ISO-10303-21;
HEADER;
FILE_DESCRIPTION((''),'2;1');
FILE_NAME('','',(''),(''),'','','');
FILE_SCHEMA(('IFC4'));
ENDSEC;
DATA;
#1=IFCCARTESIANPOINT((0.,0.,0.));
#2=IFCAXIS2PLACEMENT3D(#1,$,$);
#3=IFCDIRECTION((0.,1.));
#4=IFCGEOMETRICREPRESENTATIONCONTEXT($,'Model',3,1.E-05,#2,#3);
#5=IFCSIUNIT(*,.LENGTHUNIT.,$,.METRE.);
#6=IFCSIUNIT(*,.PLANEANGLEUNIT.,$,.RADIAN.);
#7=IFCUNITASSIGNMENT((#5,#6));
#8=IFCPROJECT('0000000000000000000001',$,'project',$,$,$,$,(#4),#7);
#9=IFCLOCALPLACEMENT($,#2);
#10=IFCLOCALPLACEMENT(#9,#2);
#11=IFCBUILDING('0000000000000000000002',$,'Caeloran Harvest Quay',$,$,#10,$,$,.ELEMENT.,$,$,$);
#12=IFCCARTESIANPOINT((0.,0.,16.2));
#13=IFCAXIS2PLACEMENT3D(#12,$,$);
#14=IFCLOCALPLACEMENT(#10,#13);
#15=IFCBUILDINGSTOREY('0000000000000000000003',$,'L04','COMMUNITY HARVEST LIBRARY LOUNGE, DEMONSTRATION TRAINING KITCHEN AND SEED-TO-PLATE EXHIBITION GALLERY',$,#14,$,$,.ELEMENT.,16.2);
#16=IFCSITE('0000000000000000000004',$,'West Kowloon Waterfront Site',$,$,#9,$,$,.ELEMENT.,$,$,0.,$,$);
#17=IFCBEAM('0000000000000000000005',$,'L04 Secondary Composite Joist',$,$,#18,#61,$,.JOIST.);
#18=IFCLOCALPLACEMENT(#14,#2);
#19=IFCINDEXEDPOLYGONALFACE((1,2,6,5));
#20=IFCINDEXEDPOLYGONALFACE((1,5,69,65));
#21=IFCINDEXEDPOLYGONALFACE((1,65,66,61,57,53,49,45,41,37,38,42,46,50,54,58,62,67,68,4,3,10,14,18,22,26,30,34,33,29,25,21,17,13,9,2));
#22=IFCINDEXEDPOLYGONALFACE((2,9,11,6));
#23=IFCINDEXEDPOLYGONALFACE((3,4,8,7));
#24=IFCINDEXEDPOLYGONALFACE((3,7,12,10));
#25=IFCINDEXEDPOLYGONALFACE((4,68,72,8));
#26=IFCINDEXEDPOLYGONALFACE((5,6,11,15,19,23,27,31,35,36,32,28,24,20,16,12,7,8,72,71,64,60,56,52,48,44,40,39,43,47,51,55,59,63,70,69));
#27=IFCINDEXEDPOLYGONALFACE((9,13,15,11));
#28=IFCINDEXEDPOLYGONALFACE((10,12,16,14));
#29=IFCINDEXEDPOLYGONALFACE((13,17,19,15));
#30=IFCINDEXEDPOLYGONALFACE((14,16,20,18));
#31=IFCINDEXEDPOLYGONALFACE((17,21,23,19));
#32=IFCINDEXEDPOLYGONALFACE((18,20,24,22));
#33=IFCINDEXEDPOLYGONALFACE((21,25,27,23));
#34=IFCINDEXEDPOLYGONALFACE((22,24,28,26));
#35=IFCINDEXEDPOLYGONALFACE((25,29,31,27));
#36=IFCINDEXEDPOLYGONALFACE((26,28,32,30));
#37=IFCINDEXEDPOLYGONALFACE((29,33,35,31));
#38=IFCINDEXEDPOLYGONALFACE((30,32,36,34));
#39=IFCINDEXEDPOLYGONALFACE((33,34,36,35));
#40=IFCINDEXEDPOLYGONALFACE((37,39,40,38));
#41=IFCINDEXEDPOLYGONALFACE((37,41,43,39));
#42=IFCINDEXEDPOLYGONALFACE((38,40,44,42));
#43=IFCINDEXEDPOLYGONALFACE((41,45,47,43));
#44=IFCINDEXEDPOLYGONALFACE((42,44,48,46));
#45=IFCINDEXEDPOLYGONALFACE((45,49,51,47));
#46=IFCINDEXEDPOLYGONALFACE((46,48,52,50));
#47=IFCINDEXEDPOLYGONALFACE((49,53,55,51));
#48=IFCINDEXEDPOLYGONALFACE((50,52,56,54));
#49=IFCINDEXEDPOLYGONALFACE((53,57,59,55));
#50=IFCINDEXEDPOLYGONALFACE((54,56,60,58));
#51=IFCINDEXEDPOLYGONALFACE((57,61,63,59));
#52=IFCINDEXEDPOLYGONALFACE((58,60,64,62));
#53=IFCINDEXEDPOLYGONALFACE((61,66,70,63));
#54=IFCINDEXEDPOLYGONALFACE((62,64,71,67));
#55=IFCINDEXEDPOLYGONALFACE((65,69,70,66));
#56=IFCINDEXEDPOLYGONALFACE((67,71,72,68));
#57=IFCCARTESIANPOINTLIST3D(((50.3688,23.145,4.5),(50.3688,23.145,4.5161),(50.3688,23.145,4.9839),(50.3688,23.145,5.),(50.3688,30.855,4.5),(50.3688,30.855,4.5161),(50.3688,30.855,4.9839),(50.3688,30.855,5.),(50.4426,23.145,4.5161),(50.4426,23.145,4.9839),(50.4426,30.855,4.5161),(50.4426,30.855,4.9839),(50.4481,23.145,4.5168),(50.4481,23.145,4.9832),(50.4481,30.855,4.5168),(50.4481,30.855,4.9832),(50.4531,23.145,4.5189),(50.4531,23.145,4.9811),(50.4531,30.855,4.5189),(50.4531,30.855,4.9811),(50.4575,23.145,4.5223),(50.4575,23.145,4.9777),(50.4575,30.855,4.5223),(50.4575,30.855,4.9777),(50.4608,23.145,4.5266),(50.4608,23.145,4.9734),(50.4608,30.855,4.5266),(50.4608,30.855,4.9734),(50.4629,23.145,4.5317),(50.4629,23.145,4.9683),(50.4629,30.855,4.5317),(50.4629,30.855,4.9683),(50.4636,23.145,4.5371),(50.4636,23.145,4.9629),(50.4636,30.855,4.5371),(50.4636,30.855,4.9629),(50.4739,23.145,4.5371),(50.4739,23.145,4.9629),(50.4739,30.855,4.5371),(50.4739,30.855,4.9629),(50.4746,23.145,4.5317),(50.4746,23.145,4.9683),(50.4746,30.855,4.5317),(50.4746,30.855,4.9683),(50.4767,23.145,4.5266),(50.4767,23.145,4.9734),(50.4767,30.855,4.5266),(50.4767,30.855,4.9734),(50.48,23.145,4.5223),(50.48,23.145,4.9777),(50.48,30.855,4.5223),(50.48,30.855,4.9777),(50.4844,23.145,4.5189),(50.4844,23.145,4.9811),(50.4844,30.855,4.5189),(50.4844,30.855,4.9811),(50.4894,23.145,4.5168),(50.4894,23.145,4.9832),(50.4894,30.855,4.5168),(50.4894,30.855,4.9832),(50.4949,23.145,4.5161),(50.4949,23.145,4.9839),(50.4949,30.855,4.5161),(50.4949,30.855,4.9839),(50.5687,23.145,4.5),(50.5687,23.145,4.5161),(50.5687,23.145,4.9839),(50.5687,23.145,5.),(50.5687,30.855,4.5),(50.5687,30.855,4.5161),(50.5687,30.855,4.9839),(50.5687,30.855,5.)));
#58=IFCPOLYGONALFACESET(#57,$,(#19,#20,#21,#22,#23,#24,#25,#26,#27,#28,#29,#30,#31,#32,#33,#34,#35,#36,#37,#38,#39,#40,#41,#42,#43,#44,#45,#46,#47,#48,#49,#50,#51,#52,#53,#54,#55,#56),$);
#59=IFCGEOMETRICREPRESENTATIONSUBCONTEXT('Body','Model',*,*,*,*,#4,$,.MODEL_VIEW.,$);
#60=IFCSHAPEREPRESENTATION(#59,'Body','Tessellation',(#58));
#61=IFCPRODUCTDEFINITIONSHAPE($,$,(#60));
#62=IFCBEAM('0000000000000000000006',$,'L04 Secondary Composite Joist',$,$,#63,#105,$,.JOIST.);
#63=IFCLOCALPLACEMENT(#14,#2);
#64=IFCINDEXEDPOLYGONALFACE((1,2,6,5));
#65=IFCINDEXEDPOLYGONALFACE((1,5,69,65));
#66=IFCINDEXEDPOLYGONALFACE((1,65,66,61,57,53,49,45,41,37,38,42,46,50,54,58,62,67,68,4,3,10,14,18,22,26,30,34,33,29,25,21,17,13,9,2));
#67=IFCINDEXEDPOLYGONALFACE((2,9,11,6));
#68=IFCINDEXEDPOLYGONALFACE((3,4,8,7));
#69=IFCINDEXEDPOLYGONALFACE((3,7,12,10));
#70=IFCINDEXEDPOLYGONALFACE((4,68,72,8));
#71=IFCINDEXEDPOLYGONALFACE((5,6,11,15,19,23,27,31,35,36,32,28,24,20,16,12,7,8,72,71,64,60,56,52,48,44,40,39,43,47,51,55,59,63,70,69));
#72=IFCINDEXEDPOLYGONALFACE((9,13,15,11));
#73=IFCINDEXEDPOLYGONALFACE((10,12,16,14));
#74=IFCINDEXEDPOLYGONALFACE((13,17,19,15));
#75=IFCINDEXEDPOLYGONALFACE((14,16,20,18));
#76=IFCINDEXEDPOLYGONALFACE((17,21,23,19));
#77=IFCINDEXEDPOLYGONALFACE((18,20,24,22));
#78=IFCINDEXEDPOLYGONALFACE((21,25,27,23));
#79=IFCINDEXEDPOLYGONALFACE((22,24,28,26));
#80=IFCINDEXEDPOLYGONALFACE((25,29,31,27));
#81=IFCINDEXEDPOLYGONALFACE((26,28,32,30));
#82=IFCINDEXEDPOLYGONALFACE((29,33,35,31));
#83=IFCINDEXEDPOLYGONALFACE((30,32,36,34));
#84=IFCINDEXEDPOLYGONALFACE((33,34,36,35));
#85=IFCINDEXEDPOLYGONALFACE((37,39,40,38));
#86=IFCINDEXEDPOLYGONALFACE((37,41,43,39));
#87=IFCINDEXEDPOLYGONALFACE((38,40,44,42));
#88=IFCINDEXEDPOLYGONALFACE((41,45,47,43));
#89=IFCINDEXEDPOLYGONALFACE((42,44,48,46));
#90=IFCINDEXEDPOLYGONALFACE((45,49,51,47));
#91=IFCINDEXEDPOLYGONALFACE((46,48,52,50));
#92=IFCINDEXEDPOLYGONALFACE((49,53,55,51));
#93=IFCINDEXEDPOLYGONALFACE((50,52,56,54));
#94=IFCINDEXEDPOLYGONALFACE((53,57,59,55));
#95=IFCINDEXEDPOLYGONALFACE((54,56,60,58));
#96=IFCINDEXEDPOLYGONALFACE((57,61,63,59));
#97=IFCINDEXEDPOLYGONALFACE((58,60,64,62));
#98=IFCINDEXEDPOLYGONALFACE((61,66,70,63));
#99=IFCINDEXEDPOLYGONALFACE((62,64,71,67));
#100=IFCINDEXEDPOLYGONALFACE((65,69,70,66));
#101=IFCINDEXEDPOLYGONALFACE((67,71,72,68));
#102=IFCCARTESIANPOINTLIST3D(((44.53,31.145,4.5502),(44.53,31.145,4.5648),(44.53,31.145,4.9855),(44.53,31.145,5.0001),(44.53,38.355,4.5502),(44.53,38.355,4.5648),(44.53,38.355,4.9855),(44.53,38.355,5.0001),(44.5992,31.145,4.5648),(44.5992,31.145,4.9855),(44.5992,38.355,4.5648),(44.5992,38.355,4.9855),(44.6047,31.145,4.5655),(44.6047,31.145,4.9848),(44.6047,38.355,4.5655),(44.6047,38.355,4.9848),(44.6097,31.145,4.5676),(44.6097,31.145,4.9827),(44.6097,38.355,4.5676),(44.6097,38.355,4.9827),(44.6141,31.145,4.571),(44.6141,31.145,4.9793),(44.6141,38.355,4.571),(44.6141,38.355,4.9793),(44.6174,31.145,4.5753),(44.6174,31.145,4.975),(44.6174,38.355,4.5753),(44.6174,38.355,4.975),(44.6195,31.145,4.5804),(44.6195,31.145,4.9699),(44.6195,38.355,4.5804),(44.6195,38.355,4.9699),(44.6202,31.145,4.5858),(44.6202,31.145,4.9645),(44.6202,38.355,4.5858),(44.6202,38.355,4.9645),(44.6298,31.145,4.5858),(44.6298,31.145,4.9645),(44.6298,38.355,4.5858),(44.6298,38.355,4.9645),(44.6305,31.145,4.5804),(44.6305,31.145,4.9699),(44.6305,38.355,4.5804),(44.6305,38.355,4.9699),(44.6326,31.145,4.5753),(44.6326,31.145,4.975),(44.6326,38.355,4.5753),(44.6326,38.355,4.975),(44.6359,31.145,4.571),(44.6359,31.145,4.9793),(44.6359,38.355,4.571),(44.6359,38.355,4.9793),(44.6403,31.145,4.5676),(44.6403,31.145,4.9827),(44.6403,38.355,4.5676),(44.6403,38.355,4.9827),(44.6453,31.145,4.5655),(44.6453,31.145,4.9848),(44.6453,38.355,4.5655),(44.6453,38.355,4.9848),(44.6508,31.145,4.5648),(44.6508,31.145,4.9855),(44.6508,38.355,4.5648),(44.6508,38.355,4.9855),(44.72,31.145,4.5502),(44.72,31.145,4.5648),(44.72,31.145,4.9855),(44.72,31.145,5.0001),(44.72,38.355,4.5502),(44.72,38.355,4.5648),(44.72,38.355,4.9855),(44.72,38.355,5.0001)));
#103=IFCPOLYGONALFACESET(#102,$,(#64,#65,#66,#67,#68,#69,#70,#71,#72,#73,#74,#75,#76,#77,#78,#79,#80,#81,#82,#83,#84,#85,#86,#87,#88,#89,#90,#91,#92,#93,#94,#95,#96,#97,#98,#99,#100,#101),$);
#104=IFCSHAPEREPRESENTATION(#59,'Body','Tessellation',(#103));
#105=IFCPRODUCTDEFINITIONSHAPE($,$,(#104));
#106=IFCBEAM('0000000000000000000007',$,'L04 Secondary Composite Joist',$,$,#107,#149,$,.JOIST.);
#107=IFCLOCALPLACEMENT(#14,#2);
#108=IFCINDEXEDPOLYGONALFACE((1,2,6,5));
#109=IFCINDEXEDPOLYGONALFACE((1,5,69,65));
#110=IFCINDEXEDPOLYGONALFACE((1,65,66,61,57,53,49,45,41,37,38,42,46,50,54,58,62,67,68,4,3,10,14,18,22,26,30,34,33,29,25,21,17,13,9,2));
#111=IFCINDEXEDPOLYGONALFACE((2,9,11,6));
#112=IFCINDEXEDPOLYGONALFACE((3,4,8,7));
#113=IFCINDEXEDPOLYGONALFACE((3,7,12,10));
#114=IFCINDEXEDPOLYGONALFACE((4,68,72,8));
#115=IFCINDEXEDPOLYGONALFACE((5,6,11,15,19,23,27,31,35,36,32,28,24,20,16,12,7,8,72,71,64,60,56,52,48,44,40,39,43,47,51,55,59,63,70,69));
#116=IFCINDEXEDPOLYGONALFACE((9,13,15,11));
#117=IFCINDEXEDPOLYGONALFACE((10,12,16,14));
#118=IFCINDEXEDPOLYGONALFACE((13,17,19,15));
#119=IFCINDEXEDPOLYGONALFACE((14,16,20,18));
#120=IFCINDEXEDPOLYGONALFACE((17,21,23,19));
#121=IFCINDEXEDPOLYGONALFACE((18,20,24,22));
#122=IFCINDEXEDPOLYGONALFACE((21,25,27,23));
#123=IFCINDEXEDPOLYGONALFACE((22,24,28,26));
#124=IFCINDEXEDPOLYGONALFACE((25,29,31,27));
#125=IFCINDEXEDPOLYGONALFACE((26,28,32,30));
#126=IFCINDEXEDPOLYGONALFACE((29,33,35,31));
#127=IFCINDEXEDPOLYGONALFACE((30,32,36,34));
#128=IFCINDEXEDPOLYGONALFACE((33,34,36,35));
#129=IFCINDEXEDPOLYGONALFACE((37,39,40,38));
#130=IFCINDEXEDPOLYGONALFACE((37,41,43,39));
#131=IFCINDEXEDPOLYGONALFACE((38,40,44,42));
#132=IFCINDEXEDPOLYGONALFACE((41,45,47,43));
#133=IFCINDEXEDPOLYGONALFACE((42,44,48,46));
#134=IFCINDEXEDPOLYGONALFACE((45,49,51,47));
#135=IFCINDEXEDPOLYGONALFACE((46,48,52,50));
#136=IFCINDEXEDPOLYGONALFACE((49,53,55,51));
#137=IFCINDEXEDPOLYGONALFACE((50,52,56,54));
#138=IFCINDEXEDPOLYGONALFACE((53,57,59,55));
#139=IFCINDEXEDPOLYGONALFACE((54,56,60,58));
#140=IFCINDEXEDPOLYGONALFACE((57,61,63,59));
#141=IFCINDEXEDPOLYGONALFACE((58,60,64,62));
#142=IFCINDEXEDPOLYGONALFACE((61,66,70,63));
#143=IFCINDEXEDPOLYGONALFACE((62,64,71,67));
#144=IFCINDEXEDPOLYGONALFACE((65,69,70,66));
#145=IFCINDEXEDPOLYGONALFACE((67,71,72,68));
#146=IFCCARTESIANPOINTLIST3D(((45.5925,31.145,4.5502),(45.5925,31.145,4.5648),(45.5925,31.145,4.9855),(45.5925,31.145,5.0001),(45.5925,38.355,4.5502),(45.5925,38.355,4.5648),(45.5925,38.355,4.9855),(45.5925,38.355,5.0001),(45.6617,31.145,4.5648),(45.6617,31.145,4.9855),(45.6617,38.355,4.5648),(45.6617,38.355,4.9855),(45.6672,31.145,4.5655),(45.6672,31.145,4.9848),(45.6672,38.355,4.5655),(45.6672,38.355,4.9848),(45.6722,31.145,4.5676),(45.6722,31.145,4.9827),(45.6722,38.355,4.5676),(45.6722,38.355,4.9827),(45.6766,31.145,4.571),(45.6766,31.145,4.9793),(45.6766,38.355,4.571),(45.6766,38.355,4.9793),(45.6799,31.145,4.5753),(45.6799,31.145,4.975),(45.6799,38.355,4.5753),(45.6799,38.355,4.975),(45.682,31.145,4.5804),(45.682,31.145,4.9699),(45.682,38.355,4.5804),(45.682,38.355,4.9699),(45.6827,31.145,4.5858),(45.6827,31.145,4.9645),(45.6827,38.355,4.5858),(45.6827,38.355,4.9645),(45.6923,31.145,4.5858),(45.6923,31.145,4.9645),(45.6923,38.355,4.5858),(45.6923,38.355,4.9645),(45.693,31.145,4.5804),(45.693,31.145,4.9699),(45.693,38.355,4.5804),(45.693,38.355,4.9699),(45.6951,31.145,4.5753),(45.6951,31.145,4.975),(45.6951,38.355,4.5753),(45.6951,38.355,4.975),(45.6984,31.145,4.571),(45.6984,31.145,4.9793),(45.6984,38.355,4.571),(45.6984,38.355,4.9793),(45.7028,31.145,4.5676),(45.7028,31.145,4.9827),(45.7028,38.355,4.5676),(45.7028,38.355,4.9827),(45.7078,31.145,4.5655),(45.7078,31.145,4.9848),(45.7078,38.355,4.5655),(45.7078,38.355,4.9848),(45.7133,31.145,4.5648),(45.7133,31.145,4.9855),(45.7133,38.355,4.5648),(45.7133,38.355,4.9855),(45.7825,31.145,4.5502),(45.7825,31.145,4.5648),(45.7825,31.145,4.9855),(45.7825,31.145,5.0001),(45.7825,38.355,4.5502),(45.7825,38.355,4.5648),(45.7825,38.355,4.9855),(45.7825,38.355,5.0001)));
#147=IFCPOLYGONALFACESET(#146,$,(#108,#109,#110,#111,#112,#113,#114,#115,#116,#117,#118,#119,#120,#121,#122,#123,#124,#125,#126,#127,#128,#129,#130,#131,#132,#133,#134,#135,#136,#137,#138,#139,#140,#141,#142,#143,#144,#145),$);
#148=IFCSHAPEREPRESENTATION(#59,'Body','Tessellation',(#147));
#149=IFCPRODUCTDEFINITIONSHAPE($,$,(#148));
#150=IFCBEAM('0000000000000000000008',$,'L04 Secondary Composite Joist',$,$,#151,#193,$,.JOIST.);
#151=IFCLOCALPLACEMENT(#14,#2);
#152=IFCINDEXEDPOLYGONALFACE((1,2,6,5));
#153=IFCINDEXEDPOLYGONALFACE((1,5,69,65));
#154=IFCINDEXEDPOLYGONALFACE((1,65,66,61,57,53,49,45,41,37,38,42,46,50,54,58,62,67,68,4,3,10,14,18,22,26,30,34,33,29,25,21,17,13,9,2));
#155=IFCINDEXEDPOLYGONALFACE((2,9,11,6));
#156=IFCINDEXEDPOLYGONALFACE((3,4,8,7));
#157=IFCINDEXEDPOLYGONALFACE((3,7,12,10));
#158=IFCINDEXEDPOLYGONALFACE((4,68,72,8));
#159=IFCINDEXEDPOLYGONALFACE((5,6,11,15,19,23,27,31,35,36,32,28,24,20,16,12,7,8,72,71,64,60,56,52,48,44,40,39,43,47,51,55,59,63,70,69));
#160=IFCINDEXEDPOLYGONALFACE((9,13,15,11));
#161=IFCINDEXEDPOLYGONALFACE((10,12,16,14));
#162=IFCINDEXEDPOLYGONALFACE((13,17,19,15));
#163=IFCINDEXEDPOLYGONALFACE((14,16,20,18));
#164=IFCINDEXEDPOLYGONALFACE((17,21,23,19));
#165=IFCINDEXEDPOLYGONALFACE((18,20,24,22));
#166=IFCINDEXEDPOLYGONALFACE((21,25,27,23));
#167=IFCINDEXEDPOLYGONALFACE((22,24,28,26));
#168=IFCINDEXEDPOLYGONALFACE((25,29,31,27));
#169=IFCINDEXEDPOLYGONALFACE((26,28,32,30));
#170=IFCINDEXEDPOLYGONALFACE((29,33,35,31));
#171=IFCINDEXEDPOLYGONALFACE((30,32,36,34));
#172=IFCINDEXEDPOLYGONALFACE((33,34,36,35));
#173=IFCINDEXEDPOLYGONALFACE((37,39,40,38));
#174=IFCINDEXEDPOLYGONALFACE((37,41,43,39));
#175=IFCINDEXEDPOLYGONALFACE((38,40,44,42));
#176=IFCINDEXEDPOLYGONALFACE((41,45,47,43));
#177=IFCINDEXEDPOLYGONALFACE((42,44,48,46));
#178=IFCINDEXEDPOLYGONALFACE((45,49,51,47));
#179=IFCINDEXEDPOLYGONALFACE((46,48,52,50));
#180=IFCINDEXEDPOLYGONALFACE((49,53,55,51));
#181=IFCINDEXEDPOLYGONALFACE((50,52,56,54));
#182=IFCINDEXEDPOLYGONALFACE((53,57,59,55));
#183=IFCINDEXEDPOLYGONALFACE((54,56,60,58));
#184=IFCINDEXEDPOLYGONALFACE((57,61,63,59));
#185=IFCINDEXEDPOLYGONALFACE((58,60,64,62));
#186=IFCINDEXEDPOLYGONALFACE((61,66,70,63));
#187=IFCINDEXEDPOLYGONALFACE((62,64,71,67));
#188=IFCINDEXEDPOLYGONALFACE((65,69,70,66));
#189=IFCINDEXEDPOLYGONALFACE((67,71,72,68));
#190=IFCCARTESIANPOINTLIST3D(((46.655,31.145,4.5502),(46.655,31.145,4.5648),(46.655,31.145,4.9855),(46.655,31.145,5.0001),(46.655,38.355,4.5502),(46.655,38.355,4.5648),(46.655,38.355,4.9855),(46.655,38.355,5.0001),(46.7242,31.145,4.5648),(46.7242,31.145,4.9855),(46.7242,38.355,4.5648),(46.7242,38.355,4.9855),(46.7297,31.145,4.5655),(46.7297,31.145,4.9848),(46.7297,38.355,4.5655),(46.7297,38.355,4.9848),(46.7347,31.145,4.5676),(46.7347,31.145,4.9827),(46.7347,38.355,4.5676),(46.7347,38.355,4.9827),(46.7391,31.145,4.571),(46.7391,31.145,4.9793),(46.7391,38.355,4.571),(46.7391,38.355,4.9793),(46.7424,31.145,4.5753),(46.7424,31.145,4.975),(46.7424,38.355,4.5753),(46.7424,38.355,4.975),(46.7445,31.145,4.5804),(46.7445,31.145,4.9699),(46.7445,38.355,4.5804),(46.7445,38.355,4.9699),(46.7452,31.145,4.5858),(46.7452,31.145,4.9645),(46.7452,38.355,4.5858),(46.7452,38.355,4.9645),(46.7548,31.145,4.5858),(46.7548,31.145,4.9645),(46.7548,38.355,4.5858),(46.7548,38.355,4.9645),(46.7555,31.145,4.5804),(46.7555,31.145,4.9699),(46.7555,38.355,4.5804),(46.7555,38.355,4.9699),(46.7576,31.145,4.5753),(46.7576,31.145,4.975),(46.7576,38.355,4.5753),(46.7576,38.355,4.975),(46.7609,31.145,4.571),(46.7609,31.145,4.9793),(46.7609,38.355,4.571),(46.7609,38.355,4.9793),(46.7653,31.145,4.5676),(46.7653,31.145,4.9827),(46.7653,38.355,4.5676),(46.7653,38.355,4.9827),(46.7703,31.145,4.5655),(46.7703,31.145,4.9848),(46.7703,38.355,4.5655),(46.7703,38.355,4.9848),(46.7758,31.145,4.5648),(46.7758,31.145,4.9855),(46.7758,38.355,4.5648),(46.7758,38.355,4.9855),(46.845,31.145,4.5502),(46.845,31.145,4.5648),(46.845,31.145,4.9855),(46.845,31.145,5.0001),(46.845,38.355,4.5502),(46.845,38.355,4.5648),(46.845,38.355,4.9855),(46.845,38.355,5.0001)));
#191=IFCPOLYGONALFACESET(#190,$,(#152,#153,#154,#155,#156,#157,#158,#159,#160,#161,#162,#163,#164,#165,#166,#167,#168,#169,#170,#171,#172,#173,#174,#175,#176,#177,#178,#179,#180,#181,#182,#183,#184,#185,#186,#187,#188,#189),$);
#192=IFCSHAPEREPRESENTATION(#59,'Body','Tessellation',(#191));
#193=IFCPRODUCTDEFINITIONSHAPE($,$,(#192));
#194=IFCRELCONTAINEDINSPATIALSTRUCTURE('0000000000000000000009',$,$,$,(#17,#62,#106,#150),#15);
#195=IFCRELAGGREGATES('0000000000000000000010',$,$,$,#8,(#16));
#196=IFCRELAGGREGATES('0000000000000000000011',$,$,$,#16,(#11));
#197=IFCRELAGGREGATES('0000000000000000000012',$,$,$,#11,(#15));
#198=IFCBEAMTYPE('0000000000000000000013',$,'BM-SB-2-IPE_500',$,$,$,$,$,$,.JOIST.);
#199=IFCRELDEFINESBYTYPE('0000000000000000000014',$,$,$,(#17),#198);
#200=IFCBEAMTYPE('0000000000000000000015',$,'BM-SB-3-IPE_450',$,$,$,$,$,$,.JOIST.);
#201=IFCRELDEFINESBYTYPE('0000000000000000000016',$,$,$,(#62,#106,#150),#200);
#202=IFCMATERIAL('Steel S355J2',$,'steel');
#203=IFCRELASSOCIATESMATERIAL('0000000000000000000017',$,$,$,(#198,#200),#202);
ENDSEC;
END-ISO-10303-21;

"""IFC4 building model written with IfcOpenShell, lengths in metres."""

from ifc_helpers import new_model, si_unit, direction, frame, origin, origin_2d, place, context, subcontext, project, spatial, i_section, extrude, material, material_profile, profile_set, type_object, element, save


model = new_model("IFC4")

# Units and contexts
model_context = context("Model", 3, precision=1e-05, world=origin(), true_north=direction((0.0, 1.0)))
body_context = subcontext(model_context, "Body", "Model", "MODEL_VIEW")
ifc_project = project(units=[si_unit("LENGTHUNIT", "METRE"), si_unit("PLANEANGLEUNIT", "RADIAN")], contexts=[model_context])

# Site, building, storey
site_placement = place(None, origin())
site = spatial("IfcSite", under=ifc_project, at=site_placement, Name="West Kowloon Waterfront Site", CompositionType="ELEMENT", RefElevation=0.0)
building_placement = place(site_placement, origin())
building = spatial("IfcBuilding", under=site, at=building_placement, Name="Caeloran Harvest Quay", CompositionType="ELEMENT")
storey_placement = place(building_placement, frame((0.0, 0.0, 16.2)))
storey = spatial("IfcBuildingStorey", under=building, at=storey_placement, Name="L04", Description="COMMUNITY HARVEST LIBRARY LOUNGE, DEMONSTRATION TRAINING KITCHEN AND SEED-TO-PLATE EXHIBITION GALLERY", CompositionType="ELEMENT", Elevation=16.2)

# Beams
ifc_material_1 = material(Name="Steel S355J2", Category="steel")
ifc_material_profile_1 = material_profile(ifc_material_1, i_section(OverallWidth=0.2, OverallDepth=0.5, WebThickness=0.0103, FlangeThickness=0.0161, FilletRadius=0.021, at=origin_2d()), Name="IPE 500")
ifc_profile_set_1 = profile_set([ifc_material_profile_1], Name="Steel S355J2")
beam_type_1 = type_object("IfcBeamType", Name="BM-SB-2-IPE_500", PredefinedType="JOIST", material=ifc_profile_set_1)
for number, where, z_axis, x_axis, name in (
    (1, (50.4688, 23.145, 4.75), (0.0, 1.0, 0.0), (-1.0, 0.0, 0.0), "L04 Secondary Composite Joist"),
):
    element("IfcBeam", number, at=place(storey_placement, frame(where, z_axis=z_axis, x_axis=x_axis)), inside=storey, type_object=beam_type_1, Name=name, PredefinedType="JOIST", context=body_context, shape_type="SweptSolid", body=[
        extrude(i_section(OverallWidth=0.2, OverallDepth=0.5, WebThickness=0.0103, FlangeThickness=0.0161, FilletRadius=0.021, at=origin_2d()), origin(), (0.0, 0.0, 1.0), 7.71),
    ])
ifc_material_profile_2 = material_profile(ifc_material_1, i_section(OverallWidth=0.1899, OverallDepth=0.45, WebThickness=0.0095, FlangeThickness=0.0146, FilletRadius=0.021, at=origin_2d()), Name="IPE 450")
ifc_profile_set_2 = profile_set([ifc_material_profile_2], Name="Steel S355J2")
beam_type_2 = type_object("IfcBeamType", Name="BM-SB-3-IPE_450", PredefinedType="JOIST", material=ifc_profile_set_2)
for number, where, z_axis, x_axis, name in (
    (2, (44.625, 31.145, 4.7751), (0.0, 1.0, 0.0), (-1.0, 0.0, 0.0), "L04 Secondary Composite Joist"),
    (3, (45.6875, 31.145, 4.7751), (0.0, 1.0, 0.0), (-1.0, 0.0, 0.0), "L04 Secondary Composite Joist"),
    (4, (46.75, 31.145, 4.7751), (0.0, 1.0, 0.0), (-1.0, 0.0, 0.0), "L04 Secondary Composite Joist"),
):
    element("IfcBeam", number, at=place(storey_placement, frame(where, z_axis=z_axis, x_axis=x_axis)), inside=storey, type_object=beam_type_2, Name=name, PredefinedType="JOIST", context=body_context, shape_type="SweptSolid", body=[
        extrude(i_section(OverallWidth=0.1899, OverallDepth=0.45, WebThickness=0.0095, FlangeThickness=0.0146, FilletRadius=0.021, at=origin_2d()), origin(), (0.0, 0.0, 1.0), 7.21),
    ])

save(model, "model.ifc")
